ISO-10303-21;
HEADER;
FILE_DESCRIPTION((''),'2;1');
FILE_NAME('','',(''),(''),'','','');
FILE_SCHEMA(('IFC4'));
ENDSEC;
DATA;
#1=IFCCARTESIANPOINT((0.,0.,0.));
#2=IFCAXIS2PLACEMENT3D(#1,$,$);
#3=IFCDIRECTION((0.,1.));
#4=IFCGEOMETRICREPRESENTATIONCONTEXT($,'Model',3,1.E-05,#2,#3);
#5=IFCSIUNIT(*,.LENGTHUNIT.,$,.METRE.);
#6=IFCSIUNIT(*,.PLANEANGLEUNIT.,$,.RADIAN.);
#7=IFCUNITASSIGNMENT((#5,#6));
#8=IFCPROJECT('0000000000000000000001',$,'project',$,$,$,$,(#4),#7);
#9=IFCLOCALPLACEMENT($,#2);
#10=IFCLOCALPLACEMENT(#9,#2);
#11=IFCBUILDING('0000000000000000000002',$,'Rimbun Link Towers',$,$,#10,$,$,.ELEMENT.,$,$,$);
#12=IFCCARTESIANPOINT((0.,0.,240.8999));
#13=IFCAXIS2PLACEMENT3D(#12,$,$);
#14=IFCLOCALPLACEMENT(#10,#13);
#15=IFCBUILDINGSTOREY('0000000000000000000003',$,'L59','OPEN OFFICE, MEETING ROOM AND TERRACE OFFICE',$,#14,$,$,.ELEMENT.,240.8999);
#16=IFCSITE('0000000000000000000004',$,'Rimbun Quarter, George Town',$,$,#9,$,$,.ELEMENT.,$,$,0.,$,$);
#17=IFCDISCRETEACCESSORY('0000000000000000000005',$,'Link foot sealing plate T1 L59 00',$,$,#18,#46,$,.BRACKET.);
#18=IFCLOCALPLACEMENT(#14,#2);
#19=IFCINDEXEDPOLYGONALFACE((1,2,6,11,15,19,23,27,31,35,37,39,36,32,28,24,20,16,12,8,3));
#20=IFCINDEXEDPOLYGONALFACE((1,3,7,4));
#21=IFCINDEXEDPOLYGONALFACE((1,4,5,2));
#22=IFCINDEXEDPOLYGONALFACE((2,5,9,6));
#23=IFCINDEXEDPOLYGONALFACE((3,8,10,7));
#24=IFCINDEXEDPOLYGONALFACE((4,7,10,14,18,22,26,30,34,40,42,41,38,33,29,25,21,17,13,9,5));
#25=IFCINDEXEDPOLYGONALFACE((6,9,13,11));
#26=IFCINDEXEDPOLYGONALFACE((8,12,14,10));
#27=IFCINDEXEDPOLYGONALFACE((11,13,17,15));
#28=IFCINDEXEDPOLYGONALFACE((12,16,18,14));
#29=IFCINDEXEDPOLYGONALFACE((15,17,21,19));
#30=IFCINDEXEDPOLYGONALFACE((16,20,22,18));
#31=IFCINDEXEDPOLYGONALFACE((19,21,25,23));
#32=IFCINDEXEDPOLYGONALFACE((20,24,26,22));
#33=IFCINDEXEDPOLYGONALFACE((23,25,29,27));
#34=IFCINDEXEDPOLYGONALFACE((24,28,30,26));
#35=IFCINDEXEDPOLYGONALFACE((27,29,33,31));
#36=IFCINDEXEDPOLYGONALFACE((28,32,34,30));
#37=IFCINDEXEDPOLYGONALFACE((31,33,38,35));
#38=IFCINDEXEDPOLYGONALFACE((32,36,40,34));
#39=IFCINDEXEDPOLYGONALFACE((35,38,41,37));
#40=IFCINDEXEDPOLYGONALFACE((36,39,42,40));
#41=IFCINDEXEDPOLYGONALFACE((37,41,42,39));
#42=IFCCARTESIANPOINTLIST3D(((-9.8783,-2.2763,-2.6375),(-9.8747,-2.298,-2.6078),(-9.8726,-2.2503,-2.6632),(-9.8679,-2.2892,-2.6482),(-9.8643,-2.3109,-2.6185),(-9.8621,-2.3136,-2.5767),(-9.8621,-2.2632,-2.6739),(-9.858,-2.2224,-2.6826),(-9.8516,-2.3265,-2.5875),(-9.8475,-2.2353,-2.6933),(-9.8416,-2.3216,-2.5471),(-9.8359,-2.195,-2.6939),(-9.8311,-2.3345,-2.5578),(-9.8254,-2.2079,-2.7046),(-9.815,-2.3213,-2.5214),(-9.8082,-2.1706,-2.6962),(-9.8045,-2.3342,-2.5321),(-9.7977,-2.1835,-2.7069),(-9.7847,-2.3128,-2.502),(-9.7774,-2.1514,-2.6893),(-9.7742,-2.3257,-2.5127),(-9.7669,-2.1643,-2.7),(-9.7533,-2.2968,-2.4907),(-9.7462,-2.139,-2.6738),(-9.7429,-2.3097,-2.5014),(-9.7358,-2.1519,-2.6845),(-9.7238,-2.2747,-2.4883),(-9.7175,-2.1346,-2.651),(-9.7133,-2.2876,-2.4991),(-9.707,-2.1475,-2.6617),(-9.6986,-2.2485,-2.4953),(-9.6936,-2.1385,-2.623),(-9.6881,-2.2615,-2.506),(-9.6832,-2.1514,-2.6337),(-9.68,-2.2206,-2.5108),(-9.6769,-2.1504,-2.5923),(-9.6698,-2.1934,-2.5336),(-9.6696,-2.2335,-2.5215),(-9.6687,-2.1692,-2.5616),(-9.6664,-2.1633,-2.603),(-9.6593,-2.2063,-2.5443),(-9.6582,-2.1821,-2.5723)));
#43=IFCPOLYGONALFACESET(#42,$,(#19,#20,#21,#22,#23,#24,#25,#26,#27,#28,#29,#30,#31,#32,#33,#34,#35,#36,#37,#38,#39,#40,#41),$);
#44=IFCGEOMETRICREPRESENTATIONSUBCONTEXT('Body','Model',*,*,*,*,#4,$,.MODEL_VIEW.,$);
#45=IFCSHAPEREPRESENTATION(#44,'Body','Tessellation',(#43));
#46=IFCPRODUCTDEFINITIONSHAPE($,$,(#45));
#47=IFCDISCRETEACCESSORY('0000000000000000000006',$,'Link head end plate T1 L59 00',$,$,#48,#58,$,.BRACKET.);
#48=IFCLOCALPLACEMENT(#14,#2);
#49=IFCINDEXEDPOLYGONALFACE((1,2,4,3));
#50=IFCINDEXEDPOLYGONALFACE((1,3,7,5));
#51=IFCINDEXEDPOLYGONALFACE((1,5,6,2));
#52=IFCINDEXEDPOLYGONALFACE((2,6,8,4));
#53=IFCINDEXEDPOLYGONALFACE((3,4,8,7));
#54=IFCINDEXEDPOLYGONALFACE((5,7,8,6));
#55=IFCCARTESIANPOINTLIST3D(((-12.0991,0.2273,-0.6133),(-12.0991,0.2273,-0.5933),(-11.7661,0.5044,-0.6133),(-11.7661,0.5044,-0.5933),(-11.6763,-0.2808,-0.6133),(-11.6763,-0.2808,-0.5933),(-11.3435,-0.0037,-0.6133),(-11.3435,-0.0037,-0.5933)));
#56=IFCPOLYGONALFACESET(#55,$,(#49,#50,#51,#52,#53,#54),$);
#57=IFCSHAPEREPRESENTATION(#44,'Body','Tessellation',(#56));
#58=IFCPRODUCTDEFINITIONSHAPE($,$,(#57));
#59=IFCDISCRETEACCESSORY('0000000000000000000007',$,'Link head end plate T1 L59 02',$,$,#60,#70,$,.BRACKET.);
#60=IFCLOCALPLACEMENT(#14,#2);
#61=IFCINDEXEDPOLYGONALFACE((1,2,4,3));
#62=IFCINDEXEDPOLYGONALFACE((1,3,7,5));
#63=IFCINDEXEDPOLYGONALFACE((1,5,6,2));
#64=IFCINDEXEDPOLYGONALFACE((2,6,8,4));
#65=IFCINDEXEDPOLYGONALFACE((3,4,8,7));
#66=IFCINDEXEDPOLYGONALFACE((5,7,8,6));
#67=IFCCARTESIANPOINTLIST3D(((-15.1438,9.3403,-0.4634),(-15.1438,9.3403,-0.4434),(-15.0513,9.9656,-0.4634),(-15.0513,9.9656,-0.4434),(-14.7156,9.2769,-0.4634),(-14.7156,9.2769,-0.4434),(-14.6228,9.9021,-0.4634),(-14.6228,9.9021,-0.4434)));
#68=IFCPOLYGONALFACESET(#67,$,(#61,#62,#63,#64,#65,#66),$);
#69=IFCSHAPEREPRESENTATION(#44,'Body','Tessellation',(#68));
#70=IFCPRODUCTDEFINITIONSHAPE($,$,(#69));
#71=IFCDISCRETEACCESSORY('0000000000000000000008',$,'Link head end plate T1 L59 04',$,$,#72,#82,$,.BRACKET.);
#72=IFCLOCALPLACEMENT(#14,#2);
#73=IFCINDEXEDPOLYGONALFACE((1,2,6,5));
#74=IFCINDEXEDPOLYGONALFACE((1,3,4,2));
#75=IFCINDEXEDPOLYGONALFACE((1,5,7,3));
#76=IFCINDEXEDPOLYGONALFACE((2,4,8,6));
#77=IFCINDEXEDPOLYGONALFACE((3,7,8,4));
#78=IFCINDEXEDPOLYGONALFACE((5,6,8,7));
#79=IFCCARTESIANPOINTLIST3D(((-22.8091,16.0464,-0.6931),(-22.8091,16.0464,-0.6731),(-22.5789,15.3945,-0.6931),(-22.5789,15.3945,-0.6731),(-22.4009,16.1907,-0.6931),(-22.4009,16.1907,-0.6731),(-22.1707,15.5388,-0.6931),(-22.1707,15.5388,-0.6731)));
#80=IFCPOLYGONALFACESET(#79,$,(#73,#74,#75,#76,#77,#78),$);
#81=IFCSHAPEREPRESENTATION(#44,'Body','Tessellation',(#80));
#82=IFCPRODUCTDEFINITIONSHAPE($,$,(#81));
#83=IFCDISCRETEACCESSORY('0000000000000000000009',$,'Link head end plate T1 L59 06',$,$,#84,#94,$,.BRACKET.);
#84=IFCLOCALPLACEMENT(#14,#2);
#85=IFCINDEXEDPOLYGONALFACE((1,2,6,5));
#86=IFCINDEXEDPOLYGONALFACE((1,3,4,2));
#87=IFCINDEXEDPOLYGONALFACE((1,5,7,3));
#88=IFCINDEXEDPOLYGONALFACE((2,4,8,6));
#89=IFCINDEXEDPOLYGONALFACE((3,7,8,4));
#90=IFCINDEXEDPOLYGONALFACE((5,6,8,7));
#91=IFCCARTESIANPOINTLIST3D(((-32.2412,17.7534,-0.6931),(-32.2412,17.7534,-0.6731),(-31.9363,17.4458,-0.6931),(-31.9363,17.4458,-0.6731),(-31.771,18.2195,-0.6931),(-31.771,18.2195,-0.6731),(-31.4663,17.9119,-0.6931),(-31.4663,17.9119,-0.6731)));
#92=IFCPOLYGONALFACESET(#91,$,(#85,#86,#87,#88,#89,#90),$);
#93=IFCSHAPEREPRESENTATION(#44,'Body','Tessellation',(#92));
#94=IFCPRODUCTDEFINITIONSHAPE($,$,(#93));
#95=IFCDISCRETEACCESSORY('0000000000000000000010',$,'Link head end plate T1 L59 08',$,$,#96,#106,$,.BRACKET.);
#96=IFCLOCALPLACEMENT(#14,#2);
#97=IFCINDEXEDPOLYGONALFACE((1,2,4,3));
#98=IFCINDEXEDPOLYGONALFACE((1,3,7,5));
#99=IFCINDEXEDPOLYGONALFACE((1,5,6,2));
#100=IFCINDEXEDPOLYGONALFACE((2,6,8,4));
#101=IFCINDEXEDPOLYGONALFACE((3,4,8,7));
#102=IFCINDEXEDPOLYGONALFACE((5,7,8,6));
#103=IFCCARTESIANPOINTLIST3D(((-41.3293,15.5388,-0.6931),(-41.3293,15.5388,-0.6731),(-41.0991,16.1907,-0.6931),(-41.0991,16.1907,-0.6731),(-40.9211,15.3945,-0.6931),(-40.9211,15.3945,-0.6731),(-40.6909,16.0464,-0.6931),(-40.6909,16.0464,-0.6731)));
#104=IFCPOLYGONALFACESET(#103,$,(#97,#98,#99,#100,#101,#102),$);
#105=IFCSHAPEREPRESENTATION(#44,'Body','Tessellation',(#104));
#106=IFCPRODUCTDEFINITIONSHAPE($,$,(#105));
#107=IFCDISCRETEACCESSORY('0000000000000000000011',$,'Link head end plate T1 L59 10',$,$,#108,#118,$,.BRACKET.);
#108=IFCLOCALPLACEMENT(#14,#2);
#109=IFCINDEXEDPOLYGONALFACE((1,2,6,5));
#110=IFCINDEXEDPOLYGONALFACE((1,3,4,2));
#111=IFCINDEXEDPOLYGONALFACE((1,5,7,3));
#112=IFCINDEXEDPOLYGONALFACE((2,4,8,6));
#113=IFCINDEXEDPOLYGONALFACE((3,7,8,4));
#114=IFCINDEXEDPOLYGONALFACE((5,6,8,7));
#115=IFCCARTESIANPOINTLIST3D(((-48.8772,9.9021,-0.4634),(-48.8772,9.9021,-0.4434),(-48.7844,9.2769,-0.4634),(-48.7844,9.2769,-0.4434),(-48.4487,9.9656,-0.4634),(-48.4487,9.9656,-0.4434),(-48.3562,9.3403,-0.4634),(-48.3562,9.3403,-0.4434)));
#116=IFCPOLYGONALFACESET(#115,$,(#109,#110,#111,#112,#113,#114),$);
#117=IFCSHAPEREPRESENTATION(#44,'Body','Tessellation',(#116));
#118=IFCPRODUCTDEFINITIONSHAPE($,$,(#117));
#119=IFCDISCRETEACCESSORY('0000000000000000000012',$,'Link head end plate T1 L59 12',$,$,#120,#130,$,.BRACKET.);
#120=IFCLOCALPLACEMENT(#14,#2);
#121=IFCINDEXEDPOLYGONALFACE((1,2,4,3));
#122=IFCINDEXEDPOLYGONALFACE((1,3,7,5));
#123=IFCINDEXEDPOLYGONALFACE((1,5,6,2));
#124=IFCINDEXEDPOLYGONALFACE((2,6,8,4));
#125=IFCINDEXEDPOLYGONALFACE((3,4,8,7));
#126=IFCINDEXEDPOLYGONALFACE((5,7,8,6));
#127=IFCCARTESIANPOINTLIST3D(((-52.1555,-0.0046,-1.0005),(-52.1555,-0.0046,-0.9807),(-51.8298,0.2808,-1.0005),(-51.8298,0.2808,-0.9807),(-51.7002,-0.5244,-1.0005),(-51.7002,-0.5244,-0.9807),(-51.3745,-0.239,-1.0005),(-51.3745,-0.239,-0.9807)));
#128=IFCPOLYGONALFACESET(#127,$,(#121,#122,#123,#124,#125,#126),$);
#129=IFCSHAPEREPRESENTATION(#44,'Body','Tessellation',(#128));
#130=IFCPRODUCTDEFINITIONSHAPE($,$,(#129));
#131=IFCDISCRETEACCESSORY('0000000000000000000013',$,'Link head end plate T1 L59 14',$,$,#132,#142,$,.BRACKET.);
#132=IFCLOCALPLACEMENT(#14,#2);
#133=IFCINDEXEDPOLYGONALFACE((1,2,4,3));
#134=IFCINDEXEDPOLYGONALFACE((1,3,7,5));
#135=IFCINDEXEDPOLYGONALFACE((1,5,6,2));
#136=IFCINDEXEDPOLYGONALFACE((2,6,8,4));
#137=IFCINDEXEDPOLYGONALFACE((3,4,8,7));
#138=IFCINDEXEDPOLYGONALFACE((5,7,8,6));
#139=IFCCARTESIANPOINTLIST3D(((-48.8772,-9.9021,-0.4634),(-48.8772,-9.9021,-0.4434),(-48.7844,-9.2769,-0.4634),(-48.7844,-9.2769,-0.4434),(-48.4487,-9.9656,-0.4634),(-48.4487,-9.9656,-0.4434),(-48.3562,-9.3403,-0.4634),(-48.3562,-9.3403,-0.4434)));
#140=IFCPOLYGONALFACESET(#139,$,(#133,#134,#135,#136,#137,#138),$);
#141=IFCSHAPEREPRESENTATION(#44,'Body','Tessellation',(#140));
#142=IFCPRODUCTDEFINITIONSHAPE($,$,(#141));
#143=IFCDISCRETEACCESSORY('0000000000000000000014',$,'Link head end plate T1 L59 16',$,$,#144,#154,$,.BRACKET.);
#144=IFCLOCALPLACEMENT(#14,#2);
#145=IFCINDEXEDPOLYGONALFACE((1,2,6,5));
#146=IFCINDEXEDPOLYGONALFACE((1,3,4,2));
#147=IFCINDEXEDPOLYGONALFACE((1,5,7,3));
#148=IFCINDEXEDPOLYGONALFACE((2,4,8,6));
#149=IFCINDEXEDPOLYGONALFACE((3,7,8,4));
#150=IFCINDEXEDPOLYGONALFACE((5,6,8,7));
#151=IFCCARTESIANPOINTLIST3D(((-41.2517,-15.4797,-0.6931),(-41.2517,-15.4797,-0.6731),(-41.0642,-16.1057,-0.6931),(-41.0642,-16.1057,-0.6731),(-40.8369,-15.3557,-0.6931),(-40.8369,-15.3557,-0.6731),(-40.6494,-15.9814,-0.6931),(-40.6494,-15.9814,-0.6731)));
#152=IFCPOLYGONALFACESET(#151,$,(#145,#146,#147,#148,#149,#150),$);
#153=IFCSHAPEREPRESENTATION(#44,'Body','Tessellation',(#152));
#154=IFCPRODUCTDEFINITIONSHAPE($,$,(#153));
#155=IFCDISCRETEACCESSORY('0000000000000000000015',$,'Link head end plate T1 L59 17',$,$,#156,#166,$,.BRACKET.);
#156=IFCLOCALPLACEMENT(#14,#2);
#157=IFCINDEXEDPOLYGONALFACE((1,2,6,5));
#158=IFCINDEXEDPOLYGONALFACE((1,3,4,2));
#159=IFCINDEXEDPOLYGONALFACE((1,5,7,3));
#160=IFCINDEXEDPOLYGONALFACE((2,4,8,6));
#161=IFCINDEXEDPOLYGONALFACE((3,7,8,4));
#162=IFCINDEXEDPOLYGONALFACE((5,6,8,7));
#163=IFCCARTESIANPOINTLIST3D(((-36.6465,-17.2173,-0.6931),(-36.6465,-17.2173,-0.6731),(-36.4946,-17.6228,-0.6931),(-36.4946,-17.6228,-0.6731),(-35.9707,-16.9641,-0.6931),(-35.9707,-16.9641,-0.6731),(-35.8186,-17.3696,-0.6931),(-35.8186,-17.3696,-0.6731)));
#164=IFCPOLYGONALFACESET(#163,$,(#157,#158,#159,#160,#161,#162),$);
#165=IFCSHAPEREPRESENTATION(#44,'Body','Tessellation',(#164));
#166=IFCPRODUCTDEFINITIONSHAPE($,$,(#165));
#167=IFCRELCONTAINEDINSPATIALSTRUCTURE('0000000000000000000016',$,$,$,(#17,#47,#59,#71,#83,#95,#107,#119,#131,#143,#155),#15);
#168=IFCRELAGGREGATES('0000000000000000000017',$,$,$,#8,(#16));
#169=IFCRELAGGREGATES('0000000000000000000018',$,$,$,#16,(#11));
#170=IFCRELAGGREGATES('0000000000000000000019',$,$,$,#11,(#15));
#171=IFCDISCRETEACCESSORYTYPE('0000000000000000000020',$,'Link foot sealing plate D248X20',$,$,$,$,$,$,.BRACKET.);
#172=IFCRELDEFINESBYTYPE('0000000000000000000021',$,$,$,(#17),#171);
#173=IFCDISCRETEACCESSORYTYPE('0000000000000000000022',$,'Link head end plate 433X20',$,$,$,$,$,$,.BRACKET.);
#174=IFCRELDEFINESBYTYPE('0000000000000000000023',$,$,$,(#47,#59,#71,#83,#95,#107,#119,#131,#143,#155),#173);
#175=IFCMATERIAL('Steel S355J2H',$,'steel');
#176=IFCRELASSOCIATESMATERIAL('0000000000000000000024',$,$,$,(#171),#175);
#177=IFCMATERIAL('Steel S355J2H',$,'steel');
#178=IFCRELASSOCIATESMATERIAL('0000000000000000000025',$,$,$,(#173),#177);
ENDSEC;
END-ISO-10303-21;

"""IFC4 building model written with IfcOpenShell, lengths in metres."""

from ifc_helpers import new_model, si_unit, direction, frame, origin, origin_2d, place, context, subcontext, project, spatial, polyline, rectangle, circle, outline, extrude, material, material_profile, profile_set, type_object, element, save


model = new_model("IFC4")

# Units and contexts
model_context = context("Model", 3, precision=1e-05, world=origin(), true_north=direction((0.0, 1.0)))
body_context = subcontext(model_context, "Body", "Model", "MODEL_VIEW")
ifc_project = project(units=[si_unit("LENGTHUNIT", "METRE"), si_unit("PLANEANGLEUNIT", "RADIAN")], contexts=[model_context])

# Site, building, storey
site_placement = place(None, origin())
site = spatial("IfcSite", under=ifc_project, at=site_placement, Name="Rimbun Quarter, George Town", CompositionType="ELEMENT", RefElevation=0.0)
building_placement = place(site_placement, origin())
building = spatial("IfcBuilding", under=site, at=building_placement, Name="Rimbun Link Towers", CompositionType="ELEMENT")
storey_placement = place(building_placement, frame((0.0, 0.0, 240.8999)))
storey = spatial("IfcBuildingStorey", under=building, at=storey_placement, Name="L59", Description="OPEN OFFICE, MEETING ROOM AND TERRACE OFFICE", CompositionType="ELEMENT", Elevation=240.8999)

# Discrete accessories
ifc_material_1 = material(Name="Steel S355J2H", Category="steel")
ifc_material_profile_1 = material_profile(ifc_material_1, circle(Radius=0.124, at=origin_2d()), Name="PL D248")
ifc_profile_set_1 = profile_set([ifc_material_profile_1], Name="Steel S355J2H")
discrete_accessory_type_1 = type_object("IfcDiscreteAccessoryType", Name="Link foot sealing plate D248X20", PredefinedType="BRACKET", material=ifc_profile_set_1)
discrete_accessory_1_placement = place(storey_placement, frame((-9.7732, -2.2285, -2.5923), z_axis=(0.529534, -0.652682, -0.541849), x_axis=(0.776562, 0.630041, 0.0)))
element("IfcDiscreteAccessory", 1, at=discrete_accessory_1_placement, inside=storey, type_object=discrete_accessory_type_1, Name="Link foot sealing plate T1 L59 00", PredefinedType="BRACKET", context=body_context, shape_type="SweptSolid", body=[
    extrude(circle(Radius=0.124, at=origin_2d()), origin(), (0.0, 0.0, 1.0), 0.0198),
])
ifc_material_2 = material(Name="Steel S355J2H", Category="steel")
ifc_material_profile_2 = material_profile(ifc_material_2, rectangle(XDim=0.4331, YDim=0.4331, at=origin_2d()), Name="PL 433x433")
ifc_profile_set_2 = profile_set([ifc_material_profile_2], Name="Steel S355J2H")
discrete_accessory_type_2 = type_object("IfcDiscreteAccessoryType", Name="Link head end plate 433X20", PredefinedType="BRACKET", material=ifc_profile_set_2)
discrete_accessory_2_placement = place(storey_placement, frame((0.0, 0.0, -0.6133)))
element("IfcDiscreteAccessory", 2, at=discrete_accessory_2_placement, inside=storey, type_object=discrete_accessory_type_2, Name="Link head end plate T1 L59 00", PredefinedType="BRACKET", context=body_context, shape_type="SweptSolid", body=[
    extrude(outline(polyline([(-12.0991, 0.2273), (-11.6763, -0.2808), (-11.3435, -0.0037), (-11.7661, 0.5044), (-12.0991, 0.2273)])), origin(), (0.0, 0.0, 1.0), 0.02),
])
discrete_accessory_3_placement = place(storey_placement, frame((0.0, 0.0, -0.4634)))
element("IfcDiscreteAccessory", 3, at=discrete_accessory_3_placement, inside=storey, type_object=discrete_accessory_type_2, Name="Link head end plate T1 L59 02", PredefinedType="BRACKET", context=body_context, shape_type="SweptSolid", body=[
    extrude(outline(polyline([(-14.7156, 9.2769), (-14.6228, 9.9021), (-15.0513, 9.9656), (-15.1438, 9.3403), (-14.7156, 9.2769)])), origin(), (0.0, 0.0, 1.0), 0.02),
])
discrete_accessory_4_placement = place(storey_placement, frame((0.0, 0.0, -0.6931)))
element("IfcDiscreteAccessory", 4, at=discrete_accessory_4_placement, inside=storey, type_object=discrete_accessory_type_2, Name="Link head end plate T1 L59 04", PredefinedType="BRACKET", context=body_context, shape_type="SweptSolid", body=[
    extrude(outline(polyline([(-22.1707, 15.5388), (-22.4009, 16.1907), (-22.8091, 16.0464), (-22.5789, 15.3945), (-22.1707, 15.5388)])), origin(), (0.0, 0.0, 1.0), 0.02),
])
discrete_accessory_5_placement = place(storey_placement, frame((0.0, 0.0, -0.6931)))
element("IfcDiscreteAccessory", 5, at=discrete_accessory_5_placement, inside=storey, type_object=discrete_accessory_type_2, Name="Link head end plate T1 L59 06", PredefinedType="BRACKET", context=body_context, shape_type="SweptSolid", body=[
    extrude(outline(polyline([(-31.9363, 17.4458), (-31.4663, 17.9119), (-31.771, 18.2195), (-32.2412, 17.7534), (-31.9363, 17.4458)])), origin(), (0.0, 0.0, 1.0), 0.02),
])
discrete_accessory_6_placement = place(storey_placement, frame((0.0, 0.0, -0.6931)))
element("IfcDiscreteAccessory", 6, at=discrete_accessory_6_placement, inside=storey, type_object=discrete_accessory_type_2, Name="Link head end plate T1 L59 08", PredefinedType="BRACKET", context=body_context, shape_type="SweptSolid", body=[
    extrude(outline(polyline([(-40.9211, 15.3945), (-40.6909, 16.0464), (-41.0991, 16.1907), (-41.3293, 15.5388), (-40.9211, 15.3945)])), origin(), (0.0, 0.0, 1.0), 0.02),
])
discrete_accessory_7_placement = place(storey_placement, frame((0.0, 0.0, -0.4634)))
element("IfcDiscreteAccessory", 7, at=discrete_accessory_7_placement, inside=storey, type_object=discrete_accessory_type_2, Name="Link head end plate T1 L59 10", PredefinedType="BRACKET", context=body_context, shape_type="SweptSolid", body=[
    extrude(outline(polyline([(-48.3562, 9.3403), (-48.4487, 9.9656), (-48.8772, 9.9021), (-48.7844, 9.2769), (-48.3562, 9.3403)])), origin(), (0.0, 0.0, 1.0), 0.02),
])
discrete_accessory_8_placement = place(storey_placement, frame((0.0, 0.0, -1.0005)))
element("IfcDiscreteAccessory", 8, at=discrete_accessory_8_placement, inside=storey, type_object=discrete_accessory_type_2, Name="Link head end plate T1 L59 12", PredefinedType="BRACKET", context=body_context, shape_type="SweptSolid", body=[
    extrude(outline(polyline([(-51.3745, -0.239), (-51.8298, 0.2808), (-52.1555, -0.0046), (-51.7002, -0.5244), (-51.3745, -0.239)])), origin(), (0.0, 0.0, 1.0), 0.0198),
])
discrete_accessory_9_placement = place(storey_placement, frame((0.0, 0.0, -0.4634)))
element("IfcDiscreteAccessory", 9, at=discrete_accessory_9_placement, inside=storey, type_object=discrete_accessory_type_2, Name="Link head end plate T1 L59 14", PredefinedType="BRACKET", context=body_context, shape_type="SweptSolid", body=[
    extrude(outline(polyline([(-48.7844, -9.2769), (-48.8772, -9.9021), (-48.4487, -9.9656), (-48.3562, -9.3403), (-48.7844, -9.2769)])), origin(), (0.0, 0.0, 1.0), 0.02),
])
discrete_accessory_10_placement = place(storey_placement, frame((0.0, 0.0, -0.6931)))
element("IfcDiscreteAccessory", 10, at=discrete_accessory_10_placement, inside=storey, type_object=discrete_accessory_type_2, Name="Link head end plate T1 L59 16", PredefinedType="BRACKET", context=body_context, shape_type="SweptSolid", body=[
    extrude(outline(polyline([(-41.2517, -15.4797), (-41.0642, -16.1057), (-40.6494, -15.9814), (-40.8369, -15.3557), (-41.2517, -15.4797)])), origin(), (0.0, 0.0, 1.0), 0.02),
])
discrete_accessory_11_placement = place(storey_placement, frame((0.0, 0.0, -0.6931)))
element("IfcDiscreteAccessory", 11, at=discrete_accessory_11_placement, inside=storey, type_object=discrete_accessory_type_2, Name="Link head end plate T1 L59 17", PredefinedType="BRACKET", context=body_context, shape_type="SweptSolid", body=[
    extrude(outline(polyline([(-35.9707, -16.9641), (-36.6465, -17.2173), (-36.4946, -17.6228), (-35.8186, -17.3696), (-35.9707, -16.9641)])), origin(), (0.0, 0.0, 1.0), 0.02),
])

save(model, "model.ifc")
